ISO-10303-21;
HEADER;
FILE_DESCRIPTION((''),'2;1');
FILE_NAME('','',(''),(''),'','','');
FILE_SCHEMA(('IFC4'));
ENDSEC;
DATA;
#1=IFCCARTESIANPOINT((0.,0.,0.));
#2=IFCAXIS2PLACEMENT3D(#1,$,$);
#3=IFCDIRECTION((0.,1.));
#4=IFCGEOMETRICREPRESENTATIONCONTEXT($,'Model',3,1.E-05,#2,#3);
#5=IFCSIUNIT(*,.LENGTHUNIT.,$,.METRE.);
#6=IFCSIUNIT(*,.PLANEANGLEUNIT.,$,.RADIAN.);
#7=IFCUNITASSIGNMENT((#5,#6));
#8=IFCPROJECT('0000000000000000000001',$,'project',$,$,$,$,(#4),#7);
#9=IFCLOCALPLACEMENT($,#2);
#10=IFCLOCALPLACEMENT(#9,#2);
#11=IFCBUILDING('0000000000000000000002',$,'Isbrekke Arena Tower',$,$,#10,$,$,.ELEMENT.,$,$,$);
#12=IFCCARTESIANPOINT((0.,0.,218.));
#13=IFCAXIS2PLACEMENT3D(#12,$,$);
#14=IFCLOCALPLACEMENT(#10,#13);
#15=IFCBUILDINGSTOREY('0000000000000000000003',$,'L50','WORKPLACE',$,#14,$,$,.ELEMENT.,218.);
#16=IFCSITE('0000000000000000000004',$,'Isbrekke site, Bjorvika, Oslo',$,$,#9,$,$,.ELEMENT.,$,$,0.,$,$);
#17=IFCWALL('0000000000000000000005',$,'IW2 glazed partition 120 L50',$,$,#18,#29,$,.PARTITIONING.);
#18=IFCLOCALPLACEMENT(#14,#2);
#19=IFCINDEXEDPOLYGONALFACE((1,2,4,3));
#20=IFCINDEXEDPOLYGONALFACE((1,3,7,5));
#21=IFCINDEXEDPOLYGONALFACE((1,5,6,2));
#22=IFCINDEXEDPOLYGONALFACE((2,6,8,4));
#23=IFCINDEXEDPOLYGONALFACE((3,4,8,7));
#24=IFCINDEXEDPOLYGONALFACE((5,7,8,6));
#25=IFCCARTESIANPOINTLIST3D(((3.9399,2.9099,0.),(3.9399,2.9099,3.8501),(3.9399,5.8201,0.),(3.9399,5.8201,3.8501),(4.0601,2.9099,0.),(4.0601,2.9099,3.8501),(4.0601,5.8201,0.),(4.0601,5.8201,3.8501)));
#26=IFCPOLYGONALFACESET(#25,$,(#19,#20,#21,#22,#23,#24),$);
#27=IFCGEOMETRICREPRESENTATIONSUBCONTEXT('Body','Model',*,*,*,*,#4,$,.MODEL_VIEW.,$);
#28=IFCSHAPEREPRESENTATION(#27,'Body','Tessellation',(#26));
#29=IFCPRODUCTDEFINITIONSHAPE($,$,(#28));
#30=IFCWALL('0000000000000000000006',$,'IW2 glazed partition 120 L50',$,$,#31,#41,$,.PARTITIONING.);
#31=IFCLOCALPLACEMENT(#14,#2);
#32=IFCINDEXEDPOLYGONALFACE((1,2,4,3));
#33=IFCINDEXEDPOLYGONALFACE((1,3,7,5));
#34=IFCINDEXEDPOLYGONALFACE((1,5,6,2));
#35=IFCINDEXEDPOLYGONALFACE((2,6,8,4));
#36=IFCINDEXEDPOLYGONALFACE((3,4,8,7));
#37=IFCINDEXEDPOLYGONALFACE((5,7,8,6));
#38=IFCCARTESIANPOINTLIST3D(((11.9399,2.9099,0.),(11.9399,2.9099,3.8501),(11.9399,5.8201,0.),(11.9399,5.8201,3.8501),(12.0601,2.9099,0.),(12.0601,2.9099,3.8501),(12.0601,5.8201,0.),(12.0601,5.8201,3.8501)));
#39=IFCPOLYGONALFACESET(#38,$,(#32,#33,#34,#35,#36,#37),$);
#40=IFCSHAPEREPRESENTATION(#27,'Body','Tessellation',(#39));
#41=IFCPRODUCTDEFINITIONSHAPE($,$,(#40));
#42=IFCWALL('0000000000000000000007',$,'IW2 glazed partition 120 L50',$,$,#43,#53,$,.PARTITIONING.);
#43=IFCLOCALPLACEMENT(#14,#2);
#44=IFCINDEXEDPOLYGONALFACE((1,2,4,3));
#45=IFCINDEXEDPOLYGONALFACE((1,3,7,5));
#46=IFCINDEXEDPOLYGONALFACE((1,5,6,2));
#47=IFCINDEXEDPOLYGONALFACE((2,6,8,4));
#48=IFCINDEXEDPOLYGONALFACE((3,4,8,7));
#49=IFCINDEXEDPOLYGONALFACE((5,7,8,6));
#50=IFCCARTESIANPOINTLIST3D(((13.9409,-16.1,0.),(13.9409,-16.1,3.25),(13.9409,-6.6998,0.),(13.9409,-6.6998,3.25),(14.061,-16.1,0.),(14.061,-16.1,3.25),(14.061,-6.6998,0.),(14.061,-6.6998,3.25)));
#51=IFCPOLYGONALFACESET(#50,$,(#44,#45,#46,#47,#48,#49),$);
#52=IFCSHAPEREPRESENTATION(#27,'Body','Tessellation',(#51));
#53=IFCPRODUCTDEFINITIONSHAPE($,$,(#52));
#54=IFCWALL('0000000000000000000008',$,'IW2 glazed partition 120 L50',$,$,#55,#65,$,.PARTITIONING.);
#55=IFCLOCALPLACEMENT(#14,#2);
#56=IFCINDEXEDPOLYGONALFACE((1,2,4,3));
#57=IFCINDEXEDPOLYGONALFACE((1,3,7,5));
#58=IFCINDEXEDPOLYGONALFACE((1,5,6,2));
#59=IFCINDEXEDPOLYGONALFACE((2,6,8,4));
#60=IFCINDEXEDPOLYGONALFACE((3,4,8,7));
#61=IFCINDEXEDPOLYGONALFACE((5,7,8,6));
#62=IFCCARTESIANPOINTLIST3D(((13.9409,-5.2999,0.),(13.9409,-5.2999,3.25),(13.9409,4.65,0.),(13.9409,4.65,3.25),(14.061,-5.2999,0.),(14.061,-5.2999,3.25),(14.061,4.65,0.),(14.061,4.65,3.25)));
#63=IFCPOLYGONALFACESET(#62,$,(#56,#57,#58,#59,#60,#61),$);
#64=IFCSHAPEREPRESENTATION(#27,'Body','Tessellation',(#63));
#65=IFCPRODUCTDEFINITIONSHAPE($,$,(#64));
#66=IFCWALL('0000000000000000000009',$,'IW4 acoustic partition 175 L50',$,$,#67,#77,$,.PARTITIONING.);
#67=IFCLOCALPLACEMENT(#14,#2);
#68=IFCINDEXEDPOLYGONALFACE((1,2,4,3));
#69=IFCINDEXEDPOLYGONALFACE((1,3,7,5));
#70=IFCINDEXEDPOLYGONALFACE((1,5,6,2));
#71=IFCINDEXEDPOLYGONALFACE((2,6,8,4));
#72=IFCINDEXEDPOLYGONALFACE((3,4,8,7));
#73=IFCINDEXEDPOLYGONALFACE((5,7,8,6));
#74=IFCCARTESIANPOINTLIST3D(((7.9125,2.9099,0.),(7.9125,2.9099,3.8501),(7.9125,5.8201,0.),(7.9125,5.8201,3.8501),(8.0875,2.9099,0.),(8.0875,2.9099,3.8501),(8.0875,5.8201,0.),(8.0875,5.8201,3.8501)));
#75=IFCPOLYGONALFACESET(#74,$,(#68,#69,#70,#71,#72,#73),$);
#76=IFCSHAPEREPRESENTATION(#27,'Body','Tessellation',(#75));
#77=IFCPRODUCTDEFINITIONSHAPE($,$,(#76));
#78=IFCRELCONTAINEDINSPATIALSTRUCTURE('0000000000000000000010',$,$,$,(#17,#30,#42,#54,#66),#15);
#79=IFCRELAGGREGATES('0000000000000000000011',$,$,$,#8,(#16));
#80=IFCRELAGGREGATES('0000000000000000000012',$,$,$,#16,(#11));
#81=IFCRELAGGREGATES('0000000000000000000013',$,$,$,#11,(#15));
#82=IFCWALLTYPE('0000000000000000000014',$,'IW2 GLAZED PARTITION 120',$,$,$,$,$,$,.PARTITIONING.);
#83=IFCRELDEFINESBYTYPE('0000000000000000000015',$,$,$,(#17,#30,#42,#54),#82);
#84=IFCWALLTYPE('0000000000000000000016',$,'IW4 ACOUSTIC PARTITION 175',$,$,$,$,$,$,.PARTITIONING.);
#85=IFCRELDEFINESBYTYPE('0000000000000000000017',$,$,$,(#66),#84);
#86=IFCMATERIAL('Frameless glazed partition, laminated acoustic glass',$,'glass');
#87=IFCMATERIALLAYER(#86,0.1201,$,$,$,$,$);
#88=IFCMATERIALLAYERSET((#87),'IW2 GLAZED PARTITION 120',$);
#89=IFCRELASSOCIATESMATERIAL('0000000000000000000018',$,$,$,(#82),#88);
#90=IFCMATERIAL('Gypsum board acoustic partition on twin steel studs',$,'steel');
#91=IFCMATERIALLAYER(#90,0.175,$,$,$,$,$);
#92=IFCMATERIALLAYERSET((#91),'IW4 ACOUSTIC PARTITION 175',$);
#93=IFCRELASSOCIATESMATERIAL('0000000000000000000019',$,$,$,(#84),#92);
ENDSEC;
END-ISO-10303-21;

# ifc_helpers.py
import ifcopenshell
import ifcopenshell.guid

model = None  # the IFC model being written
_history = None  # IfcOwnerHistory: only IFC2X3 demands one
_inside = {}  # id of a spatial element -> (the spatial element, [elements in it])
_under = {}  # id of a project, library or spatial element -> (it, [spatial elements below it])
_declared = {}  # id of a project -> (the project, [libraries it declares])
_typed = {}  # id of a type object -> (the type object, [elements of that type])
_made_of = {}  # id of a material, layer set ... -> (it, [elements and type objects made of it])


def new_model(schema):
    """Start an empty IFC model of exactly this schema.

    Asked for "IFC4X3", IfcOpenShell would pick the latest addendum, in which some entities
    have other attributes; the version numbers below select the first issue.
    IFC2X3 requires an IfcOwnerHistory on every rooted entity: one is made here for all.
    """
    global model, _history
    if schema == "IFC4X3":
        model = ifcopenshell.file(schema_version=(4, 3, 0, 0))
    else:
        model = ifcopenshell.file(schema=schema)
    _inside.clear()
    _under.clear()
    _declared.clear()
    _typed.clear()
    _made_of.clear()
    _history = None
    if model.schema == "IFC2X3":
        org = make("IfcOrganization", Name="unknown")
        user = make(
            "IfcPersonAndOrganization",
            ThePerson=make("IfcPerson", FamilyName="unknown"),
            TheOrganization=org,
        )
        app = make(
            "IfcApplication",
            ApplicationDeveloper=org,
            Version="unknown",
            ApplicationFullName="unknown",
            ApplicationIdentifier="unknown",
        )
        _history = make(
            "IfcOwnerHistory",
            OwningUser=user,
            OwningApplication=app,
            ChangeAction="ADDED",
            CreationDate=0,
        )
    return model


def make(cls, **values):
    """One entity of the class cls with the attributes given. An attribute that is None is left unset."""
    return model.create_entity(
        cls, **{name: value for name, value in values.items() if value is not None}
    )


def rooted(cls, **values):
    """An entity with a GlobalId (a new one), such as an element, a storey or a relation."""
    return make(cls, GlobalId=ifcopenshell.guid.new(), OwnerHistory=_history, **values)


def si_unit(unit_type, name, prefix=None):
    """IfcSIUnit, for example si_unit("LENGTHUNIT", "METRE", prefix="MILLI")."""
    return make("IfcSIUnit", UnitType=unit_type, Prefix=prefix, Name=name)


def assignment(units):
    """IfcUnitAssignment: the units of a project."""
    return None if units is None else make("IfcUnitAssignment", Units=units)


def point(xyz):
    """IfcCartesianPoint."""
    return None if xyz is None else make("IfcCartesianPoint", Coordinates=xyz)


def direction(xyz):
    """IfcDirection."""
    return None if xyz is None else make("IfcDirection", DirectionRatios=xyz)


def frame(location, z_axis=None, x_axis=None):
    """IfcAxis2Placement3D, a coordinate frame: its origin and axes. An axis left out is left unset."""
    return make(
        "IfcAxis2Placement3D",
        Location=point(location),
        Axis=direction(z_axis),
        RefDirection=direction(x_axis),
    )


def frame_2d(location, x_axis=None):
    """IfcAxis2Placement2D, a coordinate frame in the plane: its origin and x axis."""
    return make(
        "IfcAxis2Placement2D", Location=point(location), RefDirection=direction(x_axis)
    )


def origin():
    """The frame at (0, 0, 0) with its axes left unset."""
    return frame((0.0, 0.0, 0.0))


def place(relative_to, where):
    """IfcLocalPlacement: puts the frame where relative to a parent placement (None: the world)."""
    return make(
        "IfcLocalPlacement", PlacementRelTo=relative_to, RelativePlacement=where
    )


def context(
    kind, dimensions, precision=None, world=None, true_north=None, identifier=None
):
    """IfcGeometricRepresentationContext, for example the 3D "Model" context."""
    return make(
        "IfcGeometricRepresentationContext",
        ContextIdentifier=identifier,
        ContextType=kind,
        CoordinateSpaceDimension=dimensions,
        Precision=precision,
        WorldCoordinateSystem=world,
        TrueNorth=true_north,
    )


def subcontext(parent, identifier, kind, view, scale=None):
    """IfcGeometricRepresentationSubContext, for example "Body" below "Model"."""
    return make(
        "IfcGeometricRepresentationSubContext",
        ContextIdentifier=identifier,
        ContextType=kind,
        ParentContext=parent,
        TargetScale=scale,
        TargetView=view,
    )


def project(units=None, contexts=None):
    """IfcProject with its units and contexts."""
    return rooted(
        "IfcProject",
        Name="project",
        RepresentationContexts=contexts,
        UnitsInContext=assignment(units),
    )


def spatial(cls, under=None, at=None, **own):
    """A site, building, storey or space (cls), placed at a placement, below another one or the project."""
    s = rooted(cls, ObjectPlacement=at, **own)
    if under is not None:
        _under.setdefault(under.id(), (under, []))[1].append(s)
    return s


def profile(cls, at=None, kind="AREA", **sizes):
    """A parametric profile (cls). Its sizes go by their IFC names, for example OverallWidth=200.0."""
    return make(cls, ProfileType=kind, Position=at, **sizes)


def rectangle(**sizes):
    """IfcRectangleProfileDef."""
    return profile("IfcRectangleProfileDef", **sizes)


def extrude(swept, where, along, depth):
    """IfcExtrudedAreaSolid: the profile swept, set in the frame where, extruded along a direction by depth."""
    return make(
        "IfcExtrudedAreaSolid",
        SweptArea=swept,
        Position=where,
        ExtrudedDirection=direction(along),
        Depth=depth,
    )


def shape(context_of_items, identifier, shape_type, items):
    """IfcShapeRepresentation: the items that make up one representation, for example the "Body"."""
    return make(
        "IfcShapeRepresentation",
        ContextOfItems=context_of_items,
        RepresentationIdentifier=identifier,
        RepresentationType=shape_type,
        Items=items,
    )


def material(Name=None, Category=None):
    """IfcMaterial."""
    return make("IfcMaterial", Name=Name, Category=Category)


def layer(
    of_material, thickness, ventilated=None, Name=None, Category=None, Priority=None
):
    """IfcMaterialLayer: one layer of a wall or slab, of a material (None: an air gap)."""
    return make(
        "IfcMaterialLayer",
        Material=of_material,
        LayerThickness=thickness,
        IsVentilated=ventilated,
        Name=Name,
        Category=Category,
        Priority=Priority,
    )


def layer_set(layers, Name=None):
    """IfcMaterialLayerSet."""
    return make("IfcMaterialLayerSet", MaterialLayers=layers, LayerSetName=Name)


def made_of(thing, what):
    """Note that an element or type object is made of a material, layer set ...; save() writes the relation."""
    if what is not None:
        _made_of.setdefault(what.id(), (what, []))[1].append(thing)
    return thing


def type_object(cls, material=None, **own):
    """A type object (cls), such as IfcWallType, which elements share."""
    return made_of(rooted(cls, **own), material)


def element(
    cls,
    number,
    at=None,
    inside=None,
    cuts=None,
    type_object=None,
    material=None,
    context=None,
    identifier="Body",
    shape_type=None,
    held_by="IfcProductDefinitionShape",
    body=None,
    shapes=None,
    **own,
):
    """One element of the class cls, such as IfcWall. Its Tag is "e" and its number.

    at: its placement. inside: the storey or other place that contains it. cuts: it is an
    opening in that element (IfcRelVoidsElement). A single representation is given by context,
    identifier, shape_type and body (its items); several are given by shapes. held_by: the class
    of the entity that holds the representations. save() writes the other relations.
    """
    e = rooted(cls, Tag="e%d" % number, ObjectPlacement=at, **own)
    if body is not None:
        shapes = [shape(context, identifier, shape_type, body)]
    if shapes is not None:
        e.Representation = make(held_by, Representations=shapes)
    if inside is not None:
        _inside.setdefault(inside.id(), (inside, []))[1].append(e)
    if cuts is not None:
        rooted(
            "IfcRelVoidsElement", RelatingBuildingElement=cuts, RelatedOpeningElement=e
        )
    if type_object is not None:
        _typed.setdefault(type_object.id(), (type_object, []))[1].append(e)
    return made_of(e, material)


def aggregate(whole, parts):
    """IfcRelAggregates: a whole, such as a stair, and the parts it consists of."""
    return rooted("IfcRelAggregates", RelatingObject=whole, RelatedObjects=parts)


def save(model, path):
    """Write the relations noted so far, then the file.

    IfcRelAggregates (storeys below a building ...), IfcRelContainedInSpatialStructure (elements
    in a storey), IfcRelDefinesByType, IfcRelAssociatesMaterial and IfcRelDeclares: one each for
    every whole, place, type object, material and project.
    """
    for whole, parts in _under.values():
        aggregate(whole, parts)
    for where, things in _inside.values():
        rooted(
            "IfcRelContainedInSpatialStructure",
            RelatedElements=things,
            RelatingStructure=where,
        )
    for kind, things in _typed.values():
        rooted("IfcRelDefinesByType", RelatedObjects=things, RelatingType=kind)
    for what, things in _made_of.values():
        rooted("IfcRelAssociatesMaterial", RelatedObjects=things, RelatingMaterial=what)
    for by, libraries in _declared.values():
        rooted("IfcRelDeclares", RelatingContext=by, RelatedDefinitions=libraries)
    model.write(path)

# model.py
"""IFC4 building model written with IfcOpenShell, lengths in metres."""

from ifc_helpers import new_model, si_unit, direction, frame, frame_2d, origin, place, context, subcontext, project, spatial, rectangle, extrude, material, layer, layer_set, type_object, element, save


model = new_model("IFC4")

# Units and contexts
model_context = context("Model", 3, precision=1e-05, world=origin(), true_north=direction((0.0, 1.0)))
body_context = subcontext(model_context, "Body", "Model", "MODEL_VIEW")
ifc_project = project(units=[si_unit("LENGTHUNIT", "METRE"), si_unit("PLANEANGLEUNIT", "RADIAN")], contexts=[model_context])

# Site, building, storey
site_placement = place(None, origin())
site = spatial("IfcSite", under=ifc_project, at=site_placement, Name="Isbrekke site, Bjorvika, Oslo", CompositionType="ELEMENT", RefElevation=0.0)
building_placement = place(site_placement, origin())
building = spatial("IfcBuilding", under=site, at=building_placement, Name="Isbrekke Arena Tower", CompositionType="ELEMENT")
storey_placement = place(building_placement, frame((0.0, 0.0, 218.0)))
storey = spatial("IfcBuildingStorey", under=building, at=storey_placement, Name="L50", Description="WORKPLACE", CompositionType="ELEMENT", Elevation=218.0)

# Shared definitions
ifc_material_1 = material(Name="Frameless glazed partition, laminated acoustic glass", Category="glass")
ifc_layer_1 = layer(ifc_material_1, 0.1201)
ifc_layer_set_1 = layer_set([ifc_layer_1], Name="IW2 GLAZED PARTITION 120")
wall_type_1 = type_object("IfcWallType", Name="IW2 GLAZED PARTITION 120", PredefinedType="PARTITIONING", material=ifc_layer_set_1)

# Walls
for number, where, z_axis, x_axis, name in (
    (1, (4.0, 2.9099, 0.0), (0.0, 0.0, 1.0), (0.0, 1.0, 0.0), "IW2 glazed partition 120 L50"),
    (2, (12.0, 2.9099, 0.0), (0.0, 0.0, 1.0), (0.0, 1.0, 0.0), "IW2 glazed partition 120 L50"),
):
    element("IfcWall", number, at=place(storey_placement, frame(where, z_axis=z_axis, x_axis=x_axis)), inside=storey, type_object=wall_type_1, Name=name, PredefinedType="PARTITIONING", context=body_context, shape_type="SweptSolid", body=[
        extrude(rectangle(XDim=2.9102, YDim=0.1201, at=frame_2d((1.4551, 0.0))), origin(), (0.0, 0.0, 1.0), 3.8501),
    ])
wall_1_placement = place(storey_placement, frame((14.001, -16.1001, 0.0), z_axis=(0.0, 0.0, 1.0), x_axis=(0.0, 1.0, 0.0)))
element("IfcWall", 3, at=wall_1_placement, inside=storey, type_object=wall_type_1, Name="IW2 glazed partition 120 L50", PredefinedType="PARTITIONING", context=body_context, shape_type="SweptSolid", body=[
    extrude(rectangle(XDim=9.4001, YDim=0.1201, at=frame_2d((4.7002, 0.0))), origin(), (0.0, 0.0, 1.0), 3.25),
])
wall_2_placement = place(storey_placement, frame((14.001, -5.3, 0.0), z_axis=(0.0, 0.0, 1.0), x_axis=(0.0, 1.0, 0.0)))
element("IfcWall", 4, at=wall_2_placement, inside=storey, type_object=wall_type_1, Name="IW2 glazed partition 120 L50", PredefinedType="PARTITIONING", context=body_context, shape_type="SweptSolid", body=[
    extrude(rectangle(XDim=9.95, YDim=0.1201, at=frame_2d((4.9751, 0.0))), origin(), (0.0, 0.0, 1.0), 3.25),
])
ifc_material_2 = material(Name="Gypsum board acoustic partition on twin steel studs", Category="steel")
ifc_layer_2 = layer(ifc_material_2, 0.175)
ifc_layer_set_2 = layer_set([ifc_layer_2], Name="IW4 ACOUSTIC PARTITION 175")
wall_type_2 = type_object("IfcWallType", Name="IW4 ACOUSTIC PARTITION 175", PredefinedType="PARTITIONING", material=ifc_layer_set_2)
wall_3_placement = place(storey_placement, frame((8.0, 2.9099, 0.0), z_axis=(0.0, 0.0, 1.0), x_axis=(0.0, 1.0, 0.0)))
element("IfcWall", 5, at=wall_3_placement, inside=storey, type_object=wall_type_2, Name="IW4 acoustic partition 175 L50", PredefinedType="PARTITIONING", context=body_context, shape_type="SweptSolid", body=[
    extrude(rectangle(XDim=2.9102, YDim=0.175, at=frame_2d((1.4551, 0.0))), origin(), (0.0, 0.0, 1.0), 3.8501),
])

save(model, "model.ifc")
